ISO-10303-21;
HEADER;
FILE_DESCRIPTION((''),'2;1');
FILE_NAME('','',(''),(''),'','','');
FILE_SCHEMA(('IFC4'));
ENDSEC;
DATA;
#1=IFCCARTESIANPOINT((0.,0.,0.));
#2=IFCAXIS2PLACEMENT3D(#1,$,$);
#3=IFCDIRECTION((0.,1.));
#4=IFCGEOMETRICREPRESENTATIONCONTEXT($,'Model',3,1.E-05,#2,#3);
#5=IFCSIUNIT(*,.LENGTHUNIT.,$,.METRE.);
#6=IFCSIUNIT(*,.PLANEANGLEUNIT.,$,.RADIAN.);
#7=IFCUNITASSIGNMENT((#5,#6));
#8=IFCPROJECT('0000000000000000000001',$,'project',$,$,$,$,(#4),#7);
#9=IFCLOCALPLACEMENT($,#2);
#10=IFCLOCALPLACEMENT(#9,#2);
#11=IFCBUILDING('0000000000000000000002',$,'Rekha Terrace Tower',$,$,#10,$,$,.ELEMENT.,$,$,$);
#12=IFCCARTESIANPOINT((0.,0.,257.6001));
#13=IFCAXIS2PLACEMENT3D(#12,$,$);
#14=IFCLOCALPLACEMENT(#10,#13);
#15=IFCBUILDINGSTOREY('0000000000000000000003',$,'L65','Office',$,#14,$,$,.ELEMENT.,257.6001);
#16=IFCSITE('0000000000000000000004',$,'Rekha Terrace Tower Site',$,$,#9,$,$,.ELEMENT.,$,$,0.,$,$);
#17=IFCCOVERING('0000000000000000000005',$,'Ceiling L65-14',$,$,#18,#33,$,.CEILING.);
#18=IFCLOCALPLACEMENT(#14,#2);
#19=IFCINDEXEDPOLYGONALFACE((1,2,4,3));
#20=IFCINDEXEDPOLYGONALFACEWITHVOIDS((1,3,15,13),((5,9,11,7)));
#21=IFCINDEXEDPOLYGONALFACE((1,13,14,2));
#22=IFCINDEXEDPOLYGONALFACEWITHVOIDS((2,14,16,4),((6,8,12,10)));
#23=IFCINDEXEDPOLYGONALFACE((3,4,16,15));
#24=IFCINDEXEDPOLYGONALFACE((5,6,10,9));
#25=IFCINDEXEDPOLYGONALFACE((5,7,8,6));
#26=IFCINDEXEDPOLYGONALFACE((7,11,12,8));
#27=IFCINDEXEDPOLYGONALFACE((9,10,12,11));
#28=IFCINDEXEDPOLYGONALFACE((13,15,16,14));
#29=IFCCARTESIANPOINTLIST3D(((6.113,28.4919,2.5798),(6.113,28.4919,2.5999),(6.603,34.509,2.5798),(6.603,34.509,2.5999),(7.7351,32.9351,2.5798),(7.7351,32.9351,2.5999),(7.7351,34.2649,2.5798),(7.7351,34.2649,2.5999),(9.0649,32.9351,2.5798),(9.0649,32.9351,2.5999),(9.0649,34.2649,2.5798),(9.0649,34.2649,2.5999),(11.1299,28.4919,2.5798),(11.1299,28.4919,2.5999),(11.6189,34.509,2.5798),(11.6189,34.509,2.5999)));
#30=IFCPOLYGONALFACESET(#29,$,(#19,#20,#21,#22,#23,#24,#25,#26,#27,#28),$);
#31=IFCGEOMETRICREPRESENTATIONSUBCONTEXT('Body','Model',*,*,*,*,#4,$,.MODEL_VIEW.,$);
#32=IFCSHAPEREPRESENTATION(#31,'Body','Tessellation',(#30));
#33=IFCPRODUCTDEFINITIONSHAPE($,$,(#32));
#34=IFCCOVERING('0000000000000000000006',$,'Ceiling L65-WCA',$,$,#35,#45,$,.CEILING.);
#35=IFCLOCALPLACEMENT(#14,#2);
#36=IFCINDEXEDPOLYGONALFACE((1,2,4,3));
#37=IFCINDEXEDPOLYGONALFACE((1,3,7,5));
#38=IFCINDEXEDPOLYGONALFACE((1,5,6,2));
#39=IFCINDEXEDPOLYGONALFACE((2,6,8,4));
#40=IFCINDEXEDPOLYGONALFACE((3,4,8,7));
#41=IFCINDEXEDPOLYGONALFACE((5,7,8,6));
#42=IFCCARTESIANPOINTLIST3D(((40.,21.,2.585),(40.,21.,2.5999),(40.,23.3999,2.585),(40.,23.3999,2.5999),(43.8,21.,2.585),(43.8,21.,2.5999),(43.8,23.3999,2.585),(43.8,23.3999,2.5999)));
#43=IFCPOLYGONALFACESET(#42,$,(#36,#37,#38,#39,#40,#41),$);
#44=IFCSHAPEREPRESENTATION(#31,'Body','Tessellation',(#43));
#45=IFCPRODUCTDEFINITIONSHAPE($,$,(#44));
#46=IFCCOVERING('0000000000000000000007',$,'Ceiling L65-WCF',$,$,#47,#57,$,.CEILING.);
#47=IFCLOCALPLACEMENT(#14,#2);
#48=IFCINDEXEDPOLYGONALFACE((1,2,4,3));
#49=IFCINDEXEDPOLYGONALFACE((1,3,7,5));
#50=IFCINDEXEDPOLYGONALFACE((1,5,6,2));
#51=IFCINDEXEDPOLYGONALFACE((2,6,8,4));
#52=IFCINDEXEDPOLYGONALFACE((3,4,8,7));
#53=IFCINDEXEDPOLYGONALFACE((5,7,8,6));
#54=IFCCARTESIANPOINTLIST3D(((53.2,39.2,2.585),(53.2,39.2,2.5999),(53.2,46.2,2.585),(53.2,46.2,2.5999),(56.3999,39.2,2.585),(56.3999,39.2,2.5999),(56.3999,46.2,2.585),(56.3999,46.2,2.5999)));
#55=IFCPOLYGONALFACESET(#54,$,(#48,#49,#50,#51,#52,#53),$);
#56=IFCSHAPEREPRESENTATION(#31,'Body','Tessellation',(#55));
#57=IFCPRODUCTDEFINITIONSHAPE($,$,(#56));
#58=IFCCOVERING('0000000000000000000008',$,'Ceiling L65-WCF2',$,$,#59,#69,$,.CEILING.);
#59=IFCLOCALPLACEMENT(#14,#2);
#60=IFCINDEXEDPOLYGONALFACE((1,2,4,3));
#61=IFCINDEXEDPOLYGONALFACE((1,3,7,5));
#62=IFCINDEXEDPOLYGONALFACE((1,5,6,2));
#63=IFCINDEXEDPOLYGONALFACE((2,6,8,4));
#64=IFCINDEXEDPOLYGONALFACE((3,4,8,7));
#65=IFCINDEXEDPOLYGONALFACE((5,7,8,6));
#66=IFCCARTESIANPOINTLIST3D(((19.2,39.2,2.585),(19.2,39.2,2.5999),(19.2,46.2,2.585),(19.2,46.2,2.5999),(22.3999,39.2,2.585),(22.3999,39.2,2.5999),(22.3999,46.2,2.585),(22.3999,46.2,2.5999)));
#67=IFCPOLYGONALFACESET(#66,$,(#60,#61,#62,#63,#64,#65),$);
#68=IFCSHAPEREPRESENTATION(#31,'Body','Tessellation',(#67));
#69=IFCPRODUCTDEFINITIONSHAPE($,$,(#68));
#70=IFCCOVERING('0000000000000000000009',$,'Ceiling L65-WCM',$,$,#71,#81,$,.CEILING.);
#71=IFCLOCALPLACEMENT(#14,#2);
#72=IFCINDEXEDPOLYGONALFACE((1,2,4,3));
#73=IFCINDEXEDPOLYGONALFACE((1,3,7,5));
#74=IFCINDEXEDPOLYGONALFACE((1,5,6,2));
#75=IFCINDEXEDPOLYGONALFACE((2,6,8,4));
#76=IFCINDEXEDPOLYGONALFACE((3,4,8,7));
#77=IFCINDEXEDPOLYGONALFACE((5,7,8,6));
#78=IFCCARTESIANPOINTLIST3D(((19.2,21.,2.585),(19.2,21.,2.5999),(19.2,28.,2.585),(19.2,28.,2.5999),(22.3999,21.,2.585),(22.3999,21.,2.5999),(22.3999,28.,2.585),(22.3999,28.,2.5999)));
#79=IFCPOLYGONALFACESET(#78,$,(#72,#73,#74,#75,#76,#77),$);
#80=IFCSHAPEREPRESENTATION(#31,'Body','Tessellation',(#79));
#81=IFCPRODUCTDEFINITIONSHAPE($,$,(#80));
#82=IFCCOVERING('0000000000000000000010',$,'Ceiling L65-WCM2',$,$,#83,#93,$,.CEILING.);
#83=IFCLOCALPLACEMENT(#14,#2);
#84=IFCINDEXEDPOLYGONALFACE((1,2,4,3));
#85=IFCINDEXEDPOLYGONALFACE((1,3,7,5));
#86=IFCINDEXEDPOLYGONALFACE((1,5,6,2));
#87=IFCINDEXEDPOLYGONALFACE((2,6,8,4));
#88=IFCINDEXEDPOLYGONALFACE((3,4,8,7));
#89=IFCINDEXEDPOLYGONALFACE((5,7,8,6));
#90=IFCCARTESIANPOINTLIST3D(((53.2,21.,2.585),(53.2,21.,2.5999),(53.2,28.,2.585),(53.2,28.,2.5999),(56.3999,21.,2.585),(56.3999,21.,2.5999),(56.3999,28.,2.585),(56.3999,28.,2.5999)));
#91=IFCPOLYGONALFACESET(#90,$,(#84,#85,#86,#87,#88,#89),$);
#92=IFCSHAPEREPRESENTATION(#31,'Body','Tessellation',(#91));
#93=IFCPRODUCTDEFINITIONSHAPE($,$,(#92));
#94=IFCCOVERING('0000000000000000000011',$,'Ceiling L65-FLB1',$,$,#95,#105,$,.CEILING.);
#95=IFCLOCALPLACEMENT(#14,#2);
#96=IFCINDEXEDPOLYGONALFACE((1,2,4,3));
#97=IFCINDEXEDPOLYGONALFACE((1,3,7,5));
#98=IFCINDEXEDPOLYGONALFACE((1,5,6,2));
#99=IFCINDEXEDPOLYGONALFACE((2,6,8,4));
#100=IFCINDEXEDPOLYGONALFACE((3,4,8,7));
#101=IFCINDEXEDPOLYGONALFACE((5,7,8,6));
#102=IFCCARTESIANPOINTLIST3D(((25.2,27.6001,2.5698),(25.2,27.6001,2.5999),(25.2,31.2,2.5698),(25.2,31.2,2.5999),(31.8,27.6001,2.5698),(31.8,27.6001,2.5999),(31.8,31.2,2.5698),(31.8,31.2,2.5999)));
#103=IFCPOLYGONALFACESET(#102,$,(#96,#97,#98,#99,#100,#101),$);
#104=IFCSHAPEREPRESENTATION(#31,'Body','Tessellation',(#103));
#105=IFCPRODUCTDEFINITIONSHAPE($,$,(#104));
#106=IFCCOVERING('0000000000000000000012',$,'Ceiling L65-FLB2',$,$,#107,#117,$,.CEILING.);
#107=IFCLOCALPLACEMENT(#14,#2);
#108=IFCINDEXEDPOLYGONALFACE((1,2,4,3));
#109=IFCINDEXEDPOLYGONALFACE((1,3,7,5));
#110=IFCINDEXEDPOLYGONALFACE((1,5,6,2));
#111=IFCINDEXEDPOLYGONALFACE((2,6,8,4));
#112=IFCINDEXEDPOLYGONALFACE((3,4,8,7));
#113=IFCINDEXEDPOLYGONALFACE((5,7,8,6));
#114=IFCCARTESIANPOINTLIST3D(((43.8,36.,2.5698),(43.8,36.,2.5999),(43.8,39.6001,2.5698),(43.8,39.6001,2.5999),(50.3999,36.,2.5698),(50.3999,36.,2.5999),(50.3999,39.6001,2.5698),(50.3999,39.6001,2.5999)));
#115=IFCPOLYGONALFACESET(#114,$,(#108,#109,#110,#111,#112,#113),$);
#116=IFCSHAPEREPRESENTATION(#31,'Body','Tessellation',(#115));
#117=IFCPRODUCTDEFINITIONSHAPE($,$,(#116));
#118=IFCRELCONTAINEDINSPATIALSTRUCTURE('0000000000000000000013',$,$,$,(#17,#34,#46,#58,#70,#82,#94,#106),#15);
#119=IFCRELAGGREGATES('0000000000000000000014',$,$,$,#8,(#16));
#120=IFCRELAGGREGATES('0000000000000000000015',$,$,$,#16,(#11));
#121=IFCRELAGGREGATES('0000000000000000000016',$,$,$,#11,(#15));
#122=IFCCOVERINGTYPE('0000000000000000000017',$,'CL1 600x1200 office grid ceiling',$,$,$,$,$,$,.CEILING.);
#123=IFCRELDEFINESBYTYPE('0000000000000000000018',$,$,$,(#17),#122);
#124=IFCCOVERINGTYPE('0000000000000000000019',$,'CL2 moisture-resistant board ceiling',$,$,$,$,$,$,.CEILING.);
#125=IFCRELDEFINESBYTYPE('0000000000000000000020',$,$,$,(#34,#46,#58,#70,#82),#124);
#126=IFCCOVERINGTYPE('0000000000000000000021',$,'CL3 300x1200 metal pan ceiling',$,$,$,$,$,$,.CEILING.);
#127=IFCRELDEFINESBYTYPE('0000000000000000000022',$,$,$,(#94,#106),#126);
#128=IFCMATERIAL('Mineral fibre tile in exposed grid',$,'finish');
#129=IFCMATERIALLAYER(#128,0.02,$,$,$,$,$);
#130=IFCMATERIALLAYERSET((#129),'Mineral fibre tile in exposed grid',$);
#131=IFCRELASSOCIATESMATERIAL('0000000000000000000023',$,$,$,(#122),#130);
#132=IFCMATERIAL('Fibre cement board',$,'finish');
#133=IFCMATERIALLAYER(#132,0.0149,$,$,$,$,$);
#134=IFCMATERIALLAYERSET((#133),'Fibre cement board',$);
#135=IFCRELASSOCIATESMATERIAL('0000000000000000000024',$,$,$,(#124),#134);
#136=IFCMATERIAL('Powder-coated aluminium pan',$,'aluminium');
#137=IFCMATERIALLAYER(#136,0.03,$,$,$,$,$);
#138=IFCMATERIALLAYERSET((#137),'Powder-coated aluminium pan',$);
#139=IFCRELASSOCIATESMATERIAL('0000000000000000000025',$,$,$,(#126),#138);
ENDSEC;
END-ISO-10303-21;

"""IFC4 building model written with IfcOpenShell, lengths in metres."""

from ifc_helpers import new_model, si_unit, direction, frame, origin, place, context, subcontext, project, spatial, polyline, outline, extrude, material, layer, layer_set, type_object, element, save


model = new_model("IFC4")

# Units and contexts
model_context = context("Model", 3, precision=1e-05, world=origin(), true_north=direction((0.0, 1.0)))
body_context = subcontext(model_context, "Body", "Model", "MODEL_VIEW")
ifc_project = project(units=[si_unit("LENGTHUNIT", "METRE"), si_unit("PLANEANGLEUNIT", "RADIAN")], contexts=[model_context])

# Site, building, storey
site_placement = place(None, origin())
site = spatial("IfcSite", under=ifc_project, at=site_placement, Name="Rekha Terrace Tower Site", CompositionType="ELEMENT", RefElevation=0.0)
building_placement = place(site_placement, origin())
building = spatial("IfcBuilding", under=site, at=building_placement, Name="Rekha Terrace Tower", CompositionType="ELEMENT")
storey_placement = place(building_placement, frame((0.0, 0.0, 257.6001)))
storey = spatial("IfcBuildingStorey", under=building, at=storey_placement, Name="L65", Description="Office", CompositionType="ELEMENT", Elevation=257.6001)

# Coverings
ifc_material_1 = material(Name="Mineral fibre tile in exposed grid", Category="finish")
ifc_layer_1 = layer(ifc_material_1, 0.02)
ifc_layer_set_1 = layer_set([ifc_layer_1], Name="Mineral fibre tile in exposed grid")
covering_type_1 = type_object("IfcCoveringType", Name="CL1 600x1200 office grid ceiling", PredefinedType="CEILING", material=ifc_layer_set_1)
covering_1_placement = place(storey_placement, frame((0.0, 0.0, 2.5798)))
element("IfcCovering", 1, at=covering_1_placement, inside=storey, type_object=covering_type_1, Name="Ceiling L65-14", PredefinedType="CEILING", context=body_context, shape_type="SweptSolid", body=[
    extrude(outline(polyline([(11.1299, 28.4919), (11.6189, 34.509), (6.603, 34.509), (6.113, 28.4919), (11.1299, 28.4919)]), holes=[polyline([(9.0649, 34.2649), (9.0649, 32.9351), (7.7351, 32.9351), (7.7351, 34.2649), (9.0649, 34.2649)])]), origin(), (0.0, 0.0, 1.0), 0.02),
])
ifc_material_2 = material(Name="Fibre cement board", Category="finish")
ifc_layer_2 = layer(ifc_material_2, 0.0149)
ifc_layer_set_2 = layer_set([ifc_layer_2], Name="Fibre cement board")
covering_type_2 = type_object("IfcCoveringType", Name="CL2 moisture-resistant board ceiling", PredefinedType="CEILING", material=ifc_layer_set_2)
covering_2_placement = place(storey_placement, frame((0.0, 0.0, 2.585)))
element("IfcCovering", 2, at=covering_2_placement, inside=storey, type_object=covering_type_2, Name="Ceiling L65-WCA", PredefinedType="CEILING", context=body_context, shape_type="SweptSolid", body=[
    extrude(outline(polyline([(43.8, 23.3999), (40.0, 23.3999), (40.0, 21.0), (43.8, 21.0), (43.8, 23.3999)])), origin(), (0.0, 0.0, 1.0), 0.0149),
])
covering_3_placement = place(storey_placement, frame((0.0, 0.0, 2.585)))
element("IfcCovering", 3, at=covering_3_placement, inside=storey, type_object=covering_type_2, Name="Ceiling L65-WCF", PredefinedType="CEILING", context=body_context, shape_type="SweptSolid", body=[
    extrude(outline(polyline([(56.3999, 46.2), (53.2, 46.2), (53.2, 39.2), (56.3999, 39.2), (56.3999, 46.2)])), origin(), (0.0, 0.0, 1.0), 0.0149),
])
covering_4_placement = place(storey_placement, frame((0.0, 0.0, 2.585)))
element("IfcCovering", 4, at=covering_4_placement, inside=storey, type_object=covering_type_2, Name="Ceiling L65-WCF2", PredefinedType="CEILING", context=body_context, shape_type="SweptSolid", body=[
    extrude(outline(polyline([(22.3999, 46.2), (19.2, 46.2), (19.2, 39.2), (22.3999, 39.2), (22.3999, 46.2)])), origin(), (0.0, 0.0, 1.0), 0.0149),
])
covering_5_placement = place(storey_placement, frame((0.0, 0.0, 2.585)))
element("IfcCovering", 5, at=covering_5_placement, inside=storey, type_object=covering_type_2, Name="Ceiling L65-WCM", PredefinedType="CEILING", context=body_context, shape_type="SweptSolid", body=[
    extrude(outline(polyline([(22.3999, 28.0), (19.2, 28.0), (19.2, 21.0), (22.3999, 21.0), (22.3999, 28.0)])), origin(), (0.0, 0.0, 1.0), 0.0149),
])
covering_6_placement = place(storey_placement, frame((0.0, 0.0, 2.585)))
element("IfcCovering", 6, at=covering_6_placement, inside=storey, type_object=covering_type_2, Name="Ceiling L65-WCM2", PredefinedType="CEILING", context=body_context, shape_type="SweptSolid", body=[
    extrude(outline(polyline([(56.3999, 28.0), (53.2, 28.0), (53.2, 21.0), (56.3999, 21.0), (56.3999, 28.0)])), origin(), (0.0, 0.0, 1.0), 0.0149),
])
ifc_material_3 = material(Name="Powder-coated aluminium pan", Category="aluminium")
ifc_layer_3 = layer(ifc_material_3, 0.03)
ifc_layer_set_3 = layer_set([ifc_layer_3], Name="Powder-coated aluminium pan")
covering_type_3 = type_object("IfcCoveringType", Name="CL3 300x1200 metal pan ceiling", PredefinedType="CEILING", material=ifc_layer_set_3)
covering_7_placement = place(storey_placement, frame((0.0, 0.0, 2.5698)))
element("IfcCovering", 7, at=covering_7_placement, inside=storey, type_object=covering_type_3, Name="Ceiling L65-FLB1", PredefinedType="CEILING", context=body_context, shape_type="SweptSolid", body=[
    extrude(outline(polyline([(31.8, 31.2), (25.2, 31.2), (25.2, 27.6001), (31.8, 27.6001), (31.8, 31.2)])), origin(), (0.0, 0.0, 1.0), 0.03),
])
covering_8_placement = place(storey_placement, frame((0.0, 0.0, 2.5698)))
element("IfcCovering", 8, at=covering_8_placement, inside=storey, type_object=covering_type_3, Name="Ceiling L65-FLB2", PredefinedType="CEILING", context=body_context, shape_type="SweptSolid", body=[
    extrude(outline(polyline([(50.3999, 39.6001), (43.8, 39.6001), (43.8, 36.0), (50.3999, 36.0), (50.3999, 39.6001)])), origin(), (0.0, 0.0, 1.0), 0.03),
])

save(model, "model.ifc")
